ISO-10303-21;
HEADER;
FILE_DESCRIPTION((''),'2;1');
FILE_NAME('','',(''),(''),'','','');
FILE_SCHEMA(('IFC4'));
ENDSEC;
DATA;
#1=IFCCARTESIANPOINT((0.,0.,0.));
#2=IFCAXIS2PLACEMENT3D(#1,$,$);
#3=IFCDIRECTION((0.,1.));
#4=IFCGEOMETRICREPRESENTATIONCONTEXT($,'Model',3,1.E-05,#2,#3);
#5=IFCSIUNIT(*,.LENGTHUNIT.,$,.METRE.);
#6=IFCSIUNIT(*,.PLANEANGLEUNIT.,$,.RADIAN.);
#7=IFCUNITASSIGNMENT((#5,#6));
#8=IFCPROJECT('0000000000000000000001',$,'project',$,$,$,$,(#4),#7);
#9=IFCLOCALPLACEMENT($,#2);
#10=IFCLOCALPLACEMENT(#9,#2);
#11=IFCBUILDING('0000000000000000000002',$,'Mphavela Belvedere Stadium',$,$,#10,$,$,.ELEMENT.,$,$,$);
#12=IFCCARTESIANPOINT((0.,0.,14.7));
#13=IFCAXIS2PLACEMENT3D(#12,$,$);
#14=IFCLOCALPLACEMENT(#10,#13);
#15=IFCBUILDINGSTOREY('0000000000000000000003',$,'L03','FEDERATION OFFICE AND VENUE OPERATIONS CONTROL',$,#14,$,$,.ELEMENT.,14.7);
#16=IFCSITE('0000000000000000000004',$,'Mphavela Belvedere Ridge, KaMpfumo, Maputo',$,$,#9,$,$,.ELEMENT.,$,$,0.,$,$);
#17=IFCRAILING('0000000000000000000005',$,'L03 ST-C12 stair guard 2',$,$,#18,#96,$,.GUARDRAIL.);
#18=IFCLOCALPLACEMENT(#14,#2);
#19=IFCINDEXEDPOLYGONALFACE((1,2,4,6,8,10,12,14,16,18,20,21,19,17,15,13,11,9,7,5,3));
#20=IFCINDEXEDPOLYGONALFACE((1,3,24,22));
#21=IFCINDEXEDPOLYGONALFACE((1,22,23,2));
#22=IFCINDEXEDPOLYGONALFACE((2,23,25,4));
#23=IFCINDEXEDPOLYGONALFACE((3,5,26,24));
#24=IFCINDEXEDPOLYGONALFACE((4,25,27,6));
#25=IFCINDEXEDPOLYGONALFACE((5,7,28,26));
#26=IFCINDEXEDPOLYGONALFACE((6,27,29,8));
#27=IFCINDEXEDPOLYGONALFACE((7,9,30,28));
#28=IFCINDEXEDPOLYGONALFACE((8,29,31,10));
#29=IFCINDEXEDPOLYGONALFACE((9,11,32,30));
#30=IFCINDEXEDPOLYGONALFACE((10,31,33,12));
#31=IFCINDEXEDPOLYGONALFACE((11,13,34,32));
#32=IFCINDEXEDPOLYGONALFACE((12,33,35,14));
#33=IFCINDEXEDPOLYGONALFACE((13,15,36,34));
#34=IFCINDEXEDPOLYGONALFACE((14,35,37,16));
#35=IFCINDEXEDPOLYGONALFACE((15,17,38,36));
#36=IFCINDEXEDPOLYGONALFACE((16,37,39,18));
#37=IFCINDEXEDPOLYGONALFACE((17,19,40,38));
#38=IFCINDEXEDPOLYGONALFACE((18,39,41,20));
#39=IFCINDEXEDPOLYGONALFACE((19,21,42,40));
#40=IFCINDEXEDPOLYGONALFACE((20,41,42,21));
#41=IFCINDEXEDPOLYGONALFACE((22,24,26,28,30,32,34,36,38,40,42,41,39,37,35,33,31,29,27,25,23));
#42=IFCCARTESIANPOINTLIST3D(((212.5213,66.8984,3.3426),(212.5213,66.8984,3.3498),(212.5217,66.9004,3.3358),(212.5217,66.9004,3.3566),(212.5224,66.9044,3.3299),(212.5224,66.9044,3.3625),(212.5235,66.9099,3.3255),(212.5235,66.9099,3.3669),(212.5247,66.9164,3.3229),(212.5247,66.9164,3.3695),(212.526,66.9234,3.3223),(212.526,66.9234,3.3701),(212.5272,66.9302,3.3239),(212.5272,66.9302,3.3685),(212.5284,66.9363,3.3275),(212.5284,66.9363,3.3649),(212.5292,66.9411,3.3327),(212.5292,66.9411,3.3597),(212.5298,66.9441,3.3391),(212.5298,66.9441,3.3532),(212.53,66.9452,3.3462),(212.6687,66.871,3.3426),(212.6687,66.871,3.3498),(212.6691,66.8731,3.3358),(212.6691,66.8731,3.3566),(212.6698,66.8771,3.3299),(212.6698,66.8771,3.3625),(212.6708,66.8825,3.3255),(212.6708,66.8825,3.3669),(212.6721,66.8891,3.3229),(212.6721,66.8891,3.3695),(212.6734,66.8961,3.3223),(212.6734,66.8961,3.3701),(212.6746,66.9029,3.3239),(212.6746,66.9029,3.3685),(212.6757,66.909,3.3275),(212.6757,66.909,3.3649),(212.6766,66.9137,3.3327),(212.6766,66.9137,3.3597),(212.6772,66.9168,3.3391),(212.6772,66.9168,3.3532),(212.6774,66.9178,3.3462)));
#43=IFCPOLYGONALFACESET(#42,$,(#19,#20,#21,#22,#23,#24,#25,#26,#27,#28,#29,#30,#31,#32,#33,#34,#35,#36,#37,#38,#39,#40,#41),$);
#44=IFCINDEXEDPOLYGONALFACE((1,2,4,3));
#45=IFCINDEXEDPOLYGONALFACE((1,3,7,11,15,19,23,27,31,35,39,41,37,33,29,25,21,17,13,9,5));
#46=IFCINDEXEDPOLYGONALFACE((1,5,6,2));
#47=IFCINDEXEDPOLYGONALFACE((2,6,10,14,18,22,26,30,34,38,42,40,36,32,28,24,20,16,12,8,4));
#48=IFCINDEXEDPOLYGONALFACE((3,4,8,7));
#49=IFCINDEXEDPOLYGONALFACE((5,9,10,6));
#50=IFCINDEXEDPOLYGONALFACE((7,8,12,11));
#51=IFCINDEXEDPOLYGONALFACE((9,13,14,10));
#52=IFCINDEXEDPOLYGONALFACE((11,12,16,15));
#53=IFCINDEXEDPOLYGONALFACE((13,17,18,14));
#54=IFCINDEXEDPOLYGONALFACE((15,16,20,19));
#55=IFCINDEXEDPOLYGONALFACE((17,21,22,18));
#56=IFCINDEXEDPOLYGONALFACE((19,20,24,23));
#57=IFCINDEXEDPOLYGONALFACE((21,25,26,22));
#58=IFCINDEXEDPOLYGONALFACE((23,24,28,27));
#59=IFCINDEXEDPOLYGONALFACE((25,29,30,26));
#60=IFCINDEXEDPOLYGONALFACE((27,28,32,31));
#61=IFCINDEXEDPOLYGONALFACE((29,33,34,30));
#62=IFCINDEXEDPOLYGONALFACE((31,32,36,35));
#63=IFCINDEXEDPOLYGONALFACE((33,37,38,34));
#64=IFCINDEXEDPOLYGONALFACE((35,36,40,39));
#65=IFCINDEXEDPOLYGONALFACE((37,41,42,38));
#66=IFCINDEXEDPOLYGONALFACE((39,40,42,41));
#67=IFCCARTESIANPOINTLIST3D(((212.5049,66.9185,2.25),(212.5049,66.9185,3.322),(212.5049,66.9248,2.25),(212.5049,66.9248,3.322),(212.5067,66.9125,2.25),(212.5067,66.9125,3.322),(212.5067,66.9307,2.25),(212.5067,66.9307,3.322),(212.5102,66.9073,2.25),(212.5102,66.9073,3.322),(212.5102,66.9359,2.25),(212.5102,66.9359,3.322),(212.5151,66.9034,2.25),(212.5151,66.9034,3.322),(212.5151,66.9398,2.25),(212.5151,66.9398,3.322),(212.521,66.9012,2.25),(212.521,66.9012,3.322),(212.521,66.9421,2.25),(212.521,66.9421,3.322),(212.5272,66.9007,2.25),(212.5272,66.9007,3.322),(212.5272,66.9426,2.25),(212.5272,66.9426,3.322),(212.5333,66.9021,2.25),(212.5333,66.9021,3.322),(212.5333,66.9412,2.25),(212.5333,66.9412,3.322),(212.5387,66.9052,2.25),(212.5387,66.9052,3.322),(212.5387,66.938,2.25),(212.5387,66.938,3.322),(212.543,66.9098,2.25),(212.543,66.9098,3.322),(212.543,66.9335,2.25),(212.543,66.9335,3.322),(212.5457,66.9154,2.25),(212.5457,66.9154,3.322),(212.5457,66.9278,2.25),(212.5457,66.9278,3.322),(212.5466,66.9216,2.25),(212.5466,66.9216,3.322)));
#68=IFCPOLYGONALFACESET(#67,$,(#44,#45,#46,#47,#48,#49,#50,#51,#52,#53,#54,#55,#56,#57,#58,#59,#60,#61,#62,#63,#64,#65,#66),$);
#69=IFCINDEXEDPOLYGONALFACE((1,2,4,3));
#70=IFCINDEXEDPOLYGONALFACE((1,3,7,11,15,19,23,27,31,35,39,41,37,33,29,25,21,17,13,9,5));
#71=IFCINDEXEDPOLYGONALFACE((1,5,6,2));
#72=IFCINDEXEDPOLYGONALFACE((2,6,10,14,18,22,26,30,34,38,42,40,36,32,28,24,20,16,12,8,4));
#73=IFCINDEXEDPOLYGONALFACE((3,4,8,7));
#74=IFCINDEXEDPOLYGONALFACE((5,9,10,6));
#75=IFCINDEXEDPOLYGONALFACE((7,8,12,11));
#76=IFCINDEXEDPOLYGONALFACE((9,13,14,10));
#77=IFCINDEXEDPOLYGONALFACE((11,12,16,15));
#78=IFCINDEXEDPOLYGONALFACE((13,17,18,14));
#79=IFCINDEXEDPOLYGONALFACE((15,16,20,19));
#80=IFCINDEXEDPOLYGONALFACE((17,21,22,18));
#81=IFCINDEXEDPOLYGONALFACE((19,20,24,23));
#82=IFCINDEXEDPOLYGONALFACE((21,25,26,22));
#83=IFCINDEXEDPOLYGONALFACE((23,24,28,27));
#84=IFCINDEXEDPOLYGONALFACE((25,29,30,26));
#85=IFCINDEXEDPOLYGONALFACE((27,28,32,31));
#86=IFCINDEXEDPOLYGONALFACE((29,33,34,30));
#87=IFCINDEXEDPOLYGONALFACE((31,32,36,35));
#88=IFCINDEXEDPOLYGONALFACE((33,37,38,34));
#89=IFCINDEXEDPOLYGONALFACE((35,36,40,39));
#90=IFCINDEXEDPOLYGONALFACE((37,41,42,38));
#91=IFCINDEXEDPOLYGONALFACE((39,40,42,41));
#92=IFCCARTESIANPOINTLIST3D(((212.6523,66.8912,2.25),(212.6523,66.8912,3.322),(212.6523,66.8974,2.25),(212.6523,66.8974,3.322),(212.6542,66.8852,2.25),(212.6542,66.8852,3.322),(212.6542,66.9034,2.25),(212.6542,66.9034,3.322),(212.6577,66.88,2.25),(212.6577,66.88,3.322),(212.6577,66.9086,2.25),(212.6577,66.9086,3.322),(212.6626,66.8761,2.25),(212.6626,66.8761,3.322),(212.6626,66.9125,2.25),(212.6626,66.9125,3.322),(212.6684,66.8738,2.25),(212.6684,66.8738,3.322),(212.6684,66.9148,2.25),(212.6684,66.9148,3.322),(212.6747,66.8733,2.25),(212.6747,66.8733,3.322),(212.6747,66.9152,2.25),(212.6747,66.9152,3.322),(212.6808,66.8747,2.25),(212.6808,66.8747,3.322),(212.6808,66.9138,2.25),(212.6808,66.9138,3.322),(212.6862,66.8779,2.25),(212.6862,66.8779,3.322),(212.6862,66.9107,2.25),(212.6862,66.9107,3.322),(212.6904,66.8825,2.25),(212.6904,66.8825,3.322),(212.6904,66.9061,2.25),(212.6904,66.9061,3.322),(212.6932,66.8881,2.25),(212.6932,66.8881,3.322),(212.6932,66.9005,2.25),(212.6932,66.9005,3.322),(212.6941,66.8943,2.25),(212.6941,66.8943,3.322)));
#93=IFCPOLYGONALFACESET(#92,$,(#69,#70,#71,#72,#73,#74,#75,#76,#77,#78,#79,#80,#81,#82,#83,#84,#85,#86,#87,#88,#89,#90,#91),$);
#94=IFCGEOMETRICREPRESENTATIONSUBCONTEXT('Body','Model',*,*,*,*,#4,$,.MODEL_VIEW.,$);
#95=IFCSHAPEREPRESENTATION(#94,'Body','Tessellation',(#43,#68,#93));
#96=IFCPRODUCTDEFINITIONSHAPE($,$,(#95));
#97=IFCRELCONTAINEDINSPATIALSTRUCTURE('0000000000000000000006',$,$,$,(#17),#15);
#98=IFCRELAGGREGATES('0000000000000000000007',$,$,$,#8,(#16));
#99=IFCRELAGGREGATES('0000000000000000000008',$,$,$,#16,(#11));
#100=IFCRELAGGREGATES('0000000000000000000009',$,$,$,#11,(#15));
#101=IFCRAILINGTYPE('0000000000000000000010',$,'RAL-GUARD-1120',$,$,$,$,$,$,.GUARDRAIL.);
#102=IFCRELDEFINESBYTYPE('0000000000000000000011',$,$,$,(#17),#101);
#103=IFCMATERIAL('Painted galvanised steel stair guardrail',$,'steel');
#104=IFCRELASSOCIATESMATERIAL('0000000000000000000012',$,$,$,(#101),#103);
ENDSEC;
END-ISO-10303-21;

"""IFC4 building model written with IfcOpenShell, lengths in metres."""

from ifc_helpers import new_model, si_unit, direction, frame, origin, origin_2d, place, context, subcontext, project, spatial, circle, extrude, material, type_object, element, save


model = new_model("IFC4")

# Units and contexts
model_context = context("Model", 3, precision=1e-05, world=origin(), true_north=direction((0.0, 1.0)))
body_context = subcontext(model_context, "Body", "Model", "MODEL_VIEW")
ifc_project = project(units=[si_unit("LENGTHUNIT", "METRE"), si_unit("PLANEANGLEUNIT", "RADIAN")], contexts=[model_context])

# Site, building, storey
site_placement = place(None, origin())
site = spatial("IfcSite", under=ifc_project, at=site_placement, Name="Mphavela Belvedere Ridge, KaMpfumo, Maputo", CompositionType="ELEMENT", RefElevation=0.0)
building_placement = place(site_placement, origin())
building = spatial("IfcBuilding", under=site, at=building_placement, Name="Mphavela Belvedere Stadium", CompositionType="ELEMENT")
storey_placement = place(building_placement, frame((0.0, 0.0, 14.7)))
storey = spatial("IfcBuildingStorey", under=building, at=storey_placement, Name="L03", Description="FEDERATION OFFICE AND VENUE OPERATIONS CONTROL", CompositionType="ELEMENT", Elevation=14.7)

# Railing
ifc_material_1 = material(Name="Painted galvanised steel stair guardrail", Category="steel")
railing_type_1 = type_object("IfcRailingType", Name="RAL-GUARD-1120", PredefinedType="GUARDRAIL", material=ifc_material_1)
railing_1_placement = place(storey_placement, frame((212.5256, 66.9216, 2.25)))
element("IfcRailing", 1, at=railing_1_placement, inside=storey, type_object=railing_type_1, Name="L03 ST-C12 stair guard 2", PredefinedType="GUARDRAIL", context=body_context, shape_type="SweptSolid", body=[
    extrude(circle(Radius=0.0239, at=origin_2d()), frame((0.0, 0.0, 1.0962), z_axis=(0.983239, -0.182322, 0.0), x_axis=(0.182322, 0.983239, 0.0)), (0.0, 0.0, 1.0), 0.1499),
    extrude(circle(Radius=0.021, at=origin_2d()), origin(), (0.0, 0.0, 1.0), 1.072),
    extrude(circle(Radius=0.021, at=origin_2d()), frame((0.1475, -0.0273, 0.0)), (0.0, 0.0, 1.0), 1.072),
])

save(model, "model.ifc")
